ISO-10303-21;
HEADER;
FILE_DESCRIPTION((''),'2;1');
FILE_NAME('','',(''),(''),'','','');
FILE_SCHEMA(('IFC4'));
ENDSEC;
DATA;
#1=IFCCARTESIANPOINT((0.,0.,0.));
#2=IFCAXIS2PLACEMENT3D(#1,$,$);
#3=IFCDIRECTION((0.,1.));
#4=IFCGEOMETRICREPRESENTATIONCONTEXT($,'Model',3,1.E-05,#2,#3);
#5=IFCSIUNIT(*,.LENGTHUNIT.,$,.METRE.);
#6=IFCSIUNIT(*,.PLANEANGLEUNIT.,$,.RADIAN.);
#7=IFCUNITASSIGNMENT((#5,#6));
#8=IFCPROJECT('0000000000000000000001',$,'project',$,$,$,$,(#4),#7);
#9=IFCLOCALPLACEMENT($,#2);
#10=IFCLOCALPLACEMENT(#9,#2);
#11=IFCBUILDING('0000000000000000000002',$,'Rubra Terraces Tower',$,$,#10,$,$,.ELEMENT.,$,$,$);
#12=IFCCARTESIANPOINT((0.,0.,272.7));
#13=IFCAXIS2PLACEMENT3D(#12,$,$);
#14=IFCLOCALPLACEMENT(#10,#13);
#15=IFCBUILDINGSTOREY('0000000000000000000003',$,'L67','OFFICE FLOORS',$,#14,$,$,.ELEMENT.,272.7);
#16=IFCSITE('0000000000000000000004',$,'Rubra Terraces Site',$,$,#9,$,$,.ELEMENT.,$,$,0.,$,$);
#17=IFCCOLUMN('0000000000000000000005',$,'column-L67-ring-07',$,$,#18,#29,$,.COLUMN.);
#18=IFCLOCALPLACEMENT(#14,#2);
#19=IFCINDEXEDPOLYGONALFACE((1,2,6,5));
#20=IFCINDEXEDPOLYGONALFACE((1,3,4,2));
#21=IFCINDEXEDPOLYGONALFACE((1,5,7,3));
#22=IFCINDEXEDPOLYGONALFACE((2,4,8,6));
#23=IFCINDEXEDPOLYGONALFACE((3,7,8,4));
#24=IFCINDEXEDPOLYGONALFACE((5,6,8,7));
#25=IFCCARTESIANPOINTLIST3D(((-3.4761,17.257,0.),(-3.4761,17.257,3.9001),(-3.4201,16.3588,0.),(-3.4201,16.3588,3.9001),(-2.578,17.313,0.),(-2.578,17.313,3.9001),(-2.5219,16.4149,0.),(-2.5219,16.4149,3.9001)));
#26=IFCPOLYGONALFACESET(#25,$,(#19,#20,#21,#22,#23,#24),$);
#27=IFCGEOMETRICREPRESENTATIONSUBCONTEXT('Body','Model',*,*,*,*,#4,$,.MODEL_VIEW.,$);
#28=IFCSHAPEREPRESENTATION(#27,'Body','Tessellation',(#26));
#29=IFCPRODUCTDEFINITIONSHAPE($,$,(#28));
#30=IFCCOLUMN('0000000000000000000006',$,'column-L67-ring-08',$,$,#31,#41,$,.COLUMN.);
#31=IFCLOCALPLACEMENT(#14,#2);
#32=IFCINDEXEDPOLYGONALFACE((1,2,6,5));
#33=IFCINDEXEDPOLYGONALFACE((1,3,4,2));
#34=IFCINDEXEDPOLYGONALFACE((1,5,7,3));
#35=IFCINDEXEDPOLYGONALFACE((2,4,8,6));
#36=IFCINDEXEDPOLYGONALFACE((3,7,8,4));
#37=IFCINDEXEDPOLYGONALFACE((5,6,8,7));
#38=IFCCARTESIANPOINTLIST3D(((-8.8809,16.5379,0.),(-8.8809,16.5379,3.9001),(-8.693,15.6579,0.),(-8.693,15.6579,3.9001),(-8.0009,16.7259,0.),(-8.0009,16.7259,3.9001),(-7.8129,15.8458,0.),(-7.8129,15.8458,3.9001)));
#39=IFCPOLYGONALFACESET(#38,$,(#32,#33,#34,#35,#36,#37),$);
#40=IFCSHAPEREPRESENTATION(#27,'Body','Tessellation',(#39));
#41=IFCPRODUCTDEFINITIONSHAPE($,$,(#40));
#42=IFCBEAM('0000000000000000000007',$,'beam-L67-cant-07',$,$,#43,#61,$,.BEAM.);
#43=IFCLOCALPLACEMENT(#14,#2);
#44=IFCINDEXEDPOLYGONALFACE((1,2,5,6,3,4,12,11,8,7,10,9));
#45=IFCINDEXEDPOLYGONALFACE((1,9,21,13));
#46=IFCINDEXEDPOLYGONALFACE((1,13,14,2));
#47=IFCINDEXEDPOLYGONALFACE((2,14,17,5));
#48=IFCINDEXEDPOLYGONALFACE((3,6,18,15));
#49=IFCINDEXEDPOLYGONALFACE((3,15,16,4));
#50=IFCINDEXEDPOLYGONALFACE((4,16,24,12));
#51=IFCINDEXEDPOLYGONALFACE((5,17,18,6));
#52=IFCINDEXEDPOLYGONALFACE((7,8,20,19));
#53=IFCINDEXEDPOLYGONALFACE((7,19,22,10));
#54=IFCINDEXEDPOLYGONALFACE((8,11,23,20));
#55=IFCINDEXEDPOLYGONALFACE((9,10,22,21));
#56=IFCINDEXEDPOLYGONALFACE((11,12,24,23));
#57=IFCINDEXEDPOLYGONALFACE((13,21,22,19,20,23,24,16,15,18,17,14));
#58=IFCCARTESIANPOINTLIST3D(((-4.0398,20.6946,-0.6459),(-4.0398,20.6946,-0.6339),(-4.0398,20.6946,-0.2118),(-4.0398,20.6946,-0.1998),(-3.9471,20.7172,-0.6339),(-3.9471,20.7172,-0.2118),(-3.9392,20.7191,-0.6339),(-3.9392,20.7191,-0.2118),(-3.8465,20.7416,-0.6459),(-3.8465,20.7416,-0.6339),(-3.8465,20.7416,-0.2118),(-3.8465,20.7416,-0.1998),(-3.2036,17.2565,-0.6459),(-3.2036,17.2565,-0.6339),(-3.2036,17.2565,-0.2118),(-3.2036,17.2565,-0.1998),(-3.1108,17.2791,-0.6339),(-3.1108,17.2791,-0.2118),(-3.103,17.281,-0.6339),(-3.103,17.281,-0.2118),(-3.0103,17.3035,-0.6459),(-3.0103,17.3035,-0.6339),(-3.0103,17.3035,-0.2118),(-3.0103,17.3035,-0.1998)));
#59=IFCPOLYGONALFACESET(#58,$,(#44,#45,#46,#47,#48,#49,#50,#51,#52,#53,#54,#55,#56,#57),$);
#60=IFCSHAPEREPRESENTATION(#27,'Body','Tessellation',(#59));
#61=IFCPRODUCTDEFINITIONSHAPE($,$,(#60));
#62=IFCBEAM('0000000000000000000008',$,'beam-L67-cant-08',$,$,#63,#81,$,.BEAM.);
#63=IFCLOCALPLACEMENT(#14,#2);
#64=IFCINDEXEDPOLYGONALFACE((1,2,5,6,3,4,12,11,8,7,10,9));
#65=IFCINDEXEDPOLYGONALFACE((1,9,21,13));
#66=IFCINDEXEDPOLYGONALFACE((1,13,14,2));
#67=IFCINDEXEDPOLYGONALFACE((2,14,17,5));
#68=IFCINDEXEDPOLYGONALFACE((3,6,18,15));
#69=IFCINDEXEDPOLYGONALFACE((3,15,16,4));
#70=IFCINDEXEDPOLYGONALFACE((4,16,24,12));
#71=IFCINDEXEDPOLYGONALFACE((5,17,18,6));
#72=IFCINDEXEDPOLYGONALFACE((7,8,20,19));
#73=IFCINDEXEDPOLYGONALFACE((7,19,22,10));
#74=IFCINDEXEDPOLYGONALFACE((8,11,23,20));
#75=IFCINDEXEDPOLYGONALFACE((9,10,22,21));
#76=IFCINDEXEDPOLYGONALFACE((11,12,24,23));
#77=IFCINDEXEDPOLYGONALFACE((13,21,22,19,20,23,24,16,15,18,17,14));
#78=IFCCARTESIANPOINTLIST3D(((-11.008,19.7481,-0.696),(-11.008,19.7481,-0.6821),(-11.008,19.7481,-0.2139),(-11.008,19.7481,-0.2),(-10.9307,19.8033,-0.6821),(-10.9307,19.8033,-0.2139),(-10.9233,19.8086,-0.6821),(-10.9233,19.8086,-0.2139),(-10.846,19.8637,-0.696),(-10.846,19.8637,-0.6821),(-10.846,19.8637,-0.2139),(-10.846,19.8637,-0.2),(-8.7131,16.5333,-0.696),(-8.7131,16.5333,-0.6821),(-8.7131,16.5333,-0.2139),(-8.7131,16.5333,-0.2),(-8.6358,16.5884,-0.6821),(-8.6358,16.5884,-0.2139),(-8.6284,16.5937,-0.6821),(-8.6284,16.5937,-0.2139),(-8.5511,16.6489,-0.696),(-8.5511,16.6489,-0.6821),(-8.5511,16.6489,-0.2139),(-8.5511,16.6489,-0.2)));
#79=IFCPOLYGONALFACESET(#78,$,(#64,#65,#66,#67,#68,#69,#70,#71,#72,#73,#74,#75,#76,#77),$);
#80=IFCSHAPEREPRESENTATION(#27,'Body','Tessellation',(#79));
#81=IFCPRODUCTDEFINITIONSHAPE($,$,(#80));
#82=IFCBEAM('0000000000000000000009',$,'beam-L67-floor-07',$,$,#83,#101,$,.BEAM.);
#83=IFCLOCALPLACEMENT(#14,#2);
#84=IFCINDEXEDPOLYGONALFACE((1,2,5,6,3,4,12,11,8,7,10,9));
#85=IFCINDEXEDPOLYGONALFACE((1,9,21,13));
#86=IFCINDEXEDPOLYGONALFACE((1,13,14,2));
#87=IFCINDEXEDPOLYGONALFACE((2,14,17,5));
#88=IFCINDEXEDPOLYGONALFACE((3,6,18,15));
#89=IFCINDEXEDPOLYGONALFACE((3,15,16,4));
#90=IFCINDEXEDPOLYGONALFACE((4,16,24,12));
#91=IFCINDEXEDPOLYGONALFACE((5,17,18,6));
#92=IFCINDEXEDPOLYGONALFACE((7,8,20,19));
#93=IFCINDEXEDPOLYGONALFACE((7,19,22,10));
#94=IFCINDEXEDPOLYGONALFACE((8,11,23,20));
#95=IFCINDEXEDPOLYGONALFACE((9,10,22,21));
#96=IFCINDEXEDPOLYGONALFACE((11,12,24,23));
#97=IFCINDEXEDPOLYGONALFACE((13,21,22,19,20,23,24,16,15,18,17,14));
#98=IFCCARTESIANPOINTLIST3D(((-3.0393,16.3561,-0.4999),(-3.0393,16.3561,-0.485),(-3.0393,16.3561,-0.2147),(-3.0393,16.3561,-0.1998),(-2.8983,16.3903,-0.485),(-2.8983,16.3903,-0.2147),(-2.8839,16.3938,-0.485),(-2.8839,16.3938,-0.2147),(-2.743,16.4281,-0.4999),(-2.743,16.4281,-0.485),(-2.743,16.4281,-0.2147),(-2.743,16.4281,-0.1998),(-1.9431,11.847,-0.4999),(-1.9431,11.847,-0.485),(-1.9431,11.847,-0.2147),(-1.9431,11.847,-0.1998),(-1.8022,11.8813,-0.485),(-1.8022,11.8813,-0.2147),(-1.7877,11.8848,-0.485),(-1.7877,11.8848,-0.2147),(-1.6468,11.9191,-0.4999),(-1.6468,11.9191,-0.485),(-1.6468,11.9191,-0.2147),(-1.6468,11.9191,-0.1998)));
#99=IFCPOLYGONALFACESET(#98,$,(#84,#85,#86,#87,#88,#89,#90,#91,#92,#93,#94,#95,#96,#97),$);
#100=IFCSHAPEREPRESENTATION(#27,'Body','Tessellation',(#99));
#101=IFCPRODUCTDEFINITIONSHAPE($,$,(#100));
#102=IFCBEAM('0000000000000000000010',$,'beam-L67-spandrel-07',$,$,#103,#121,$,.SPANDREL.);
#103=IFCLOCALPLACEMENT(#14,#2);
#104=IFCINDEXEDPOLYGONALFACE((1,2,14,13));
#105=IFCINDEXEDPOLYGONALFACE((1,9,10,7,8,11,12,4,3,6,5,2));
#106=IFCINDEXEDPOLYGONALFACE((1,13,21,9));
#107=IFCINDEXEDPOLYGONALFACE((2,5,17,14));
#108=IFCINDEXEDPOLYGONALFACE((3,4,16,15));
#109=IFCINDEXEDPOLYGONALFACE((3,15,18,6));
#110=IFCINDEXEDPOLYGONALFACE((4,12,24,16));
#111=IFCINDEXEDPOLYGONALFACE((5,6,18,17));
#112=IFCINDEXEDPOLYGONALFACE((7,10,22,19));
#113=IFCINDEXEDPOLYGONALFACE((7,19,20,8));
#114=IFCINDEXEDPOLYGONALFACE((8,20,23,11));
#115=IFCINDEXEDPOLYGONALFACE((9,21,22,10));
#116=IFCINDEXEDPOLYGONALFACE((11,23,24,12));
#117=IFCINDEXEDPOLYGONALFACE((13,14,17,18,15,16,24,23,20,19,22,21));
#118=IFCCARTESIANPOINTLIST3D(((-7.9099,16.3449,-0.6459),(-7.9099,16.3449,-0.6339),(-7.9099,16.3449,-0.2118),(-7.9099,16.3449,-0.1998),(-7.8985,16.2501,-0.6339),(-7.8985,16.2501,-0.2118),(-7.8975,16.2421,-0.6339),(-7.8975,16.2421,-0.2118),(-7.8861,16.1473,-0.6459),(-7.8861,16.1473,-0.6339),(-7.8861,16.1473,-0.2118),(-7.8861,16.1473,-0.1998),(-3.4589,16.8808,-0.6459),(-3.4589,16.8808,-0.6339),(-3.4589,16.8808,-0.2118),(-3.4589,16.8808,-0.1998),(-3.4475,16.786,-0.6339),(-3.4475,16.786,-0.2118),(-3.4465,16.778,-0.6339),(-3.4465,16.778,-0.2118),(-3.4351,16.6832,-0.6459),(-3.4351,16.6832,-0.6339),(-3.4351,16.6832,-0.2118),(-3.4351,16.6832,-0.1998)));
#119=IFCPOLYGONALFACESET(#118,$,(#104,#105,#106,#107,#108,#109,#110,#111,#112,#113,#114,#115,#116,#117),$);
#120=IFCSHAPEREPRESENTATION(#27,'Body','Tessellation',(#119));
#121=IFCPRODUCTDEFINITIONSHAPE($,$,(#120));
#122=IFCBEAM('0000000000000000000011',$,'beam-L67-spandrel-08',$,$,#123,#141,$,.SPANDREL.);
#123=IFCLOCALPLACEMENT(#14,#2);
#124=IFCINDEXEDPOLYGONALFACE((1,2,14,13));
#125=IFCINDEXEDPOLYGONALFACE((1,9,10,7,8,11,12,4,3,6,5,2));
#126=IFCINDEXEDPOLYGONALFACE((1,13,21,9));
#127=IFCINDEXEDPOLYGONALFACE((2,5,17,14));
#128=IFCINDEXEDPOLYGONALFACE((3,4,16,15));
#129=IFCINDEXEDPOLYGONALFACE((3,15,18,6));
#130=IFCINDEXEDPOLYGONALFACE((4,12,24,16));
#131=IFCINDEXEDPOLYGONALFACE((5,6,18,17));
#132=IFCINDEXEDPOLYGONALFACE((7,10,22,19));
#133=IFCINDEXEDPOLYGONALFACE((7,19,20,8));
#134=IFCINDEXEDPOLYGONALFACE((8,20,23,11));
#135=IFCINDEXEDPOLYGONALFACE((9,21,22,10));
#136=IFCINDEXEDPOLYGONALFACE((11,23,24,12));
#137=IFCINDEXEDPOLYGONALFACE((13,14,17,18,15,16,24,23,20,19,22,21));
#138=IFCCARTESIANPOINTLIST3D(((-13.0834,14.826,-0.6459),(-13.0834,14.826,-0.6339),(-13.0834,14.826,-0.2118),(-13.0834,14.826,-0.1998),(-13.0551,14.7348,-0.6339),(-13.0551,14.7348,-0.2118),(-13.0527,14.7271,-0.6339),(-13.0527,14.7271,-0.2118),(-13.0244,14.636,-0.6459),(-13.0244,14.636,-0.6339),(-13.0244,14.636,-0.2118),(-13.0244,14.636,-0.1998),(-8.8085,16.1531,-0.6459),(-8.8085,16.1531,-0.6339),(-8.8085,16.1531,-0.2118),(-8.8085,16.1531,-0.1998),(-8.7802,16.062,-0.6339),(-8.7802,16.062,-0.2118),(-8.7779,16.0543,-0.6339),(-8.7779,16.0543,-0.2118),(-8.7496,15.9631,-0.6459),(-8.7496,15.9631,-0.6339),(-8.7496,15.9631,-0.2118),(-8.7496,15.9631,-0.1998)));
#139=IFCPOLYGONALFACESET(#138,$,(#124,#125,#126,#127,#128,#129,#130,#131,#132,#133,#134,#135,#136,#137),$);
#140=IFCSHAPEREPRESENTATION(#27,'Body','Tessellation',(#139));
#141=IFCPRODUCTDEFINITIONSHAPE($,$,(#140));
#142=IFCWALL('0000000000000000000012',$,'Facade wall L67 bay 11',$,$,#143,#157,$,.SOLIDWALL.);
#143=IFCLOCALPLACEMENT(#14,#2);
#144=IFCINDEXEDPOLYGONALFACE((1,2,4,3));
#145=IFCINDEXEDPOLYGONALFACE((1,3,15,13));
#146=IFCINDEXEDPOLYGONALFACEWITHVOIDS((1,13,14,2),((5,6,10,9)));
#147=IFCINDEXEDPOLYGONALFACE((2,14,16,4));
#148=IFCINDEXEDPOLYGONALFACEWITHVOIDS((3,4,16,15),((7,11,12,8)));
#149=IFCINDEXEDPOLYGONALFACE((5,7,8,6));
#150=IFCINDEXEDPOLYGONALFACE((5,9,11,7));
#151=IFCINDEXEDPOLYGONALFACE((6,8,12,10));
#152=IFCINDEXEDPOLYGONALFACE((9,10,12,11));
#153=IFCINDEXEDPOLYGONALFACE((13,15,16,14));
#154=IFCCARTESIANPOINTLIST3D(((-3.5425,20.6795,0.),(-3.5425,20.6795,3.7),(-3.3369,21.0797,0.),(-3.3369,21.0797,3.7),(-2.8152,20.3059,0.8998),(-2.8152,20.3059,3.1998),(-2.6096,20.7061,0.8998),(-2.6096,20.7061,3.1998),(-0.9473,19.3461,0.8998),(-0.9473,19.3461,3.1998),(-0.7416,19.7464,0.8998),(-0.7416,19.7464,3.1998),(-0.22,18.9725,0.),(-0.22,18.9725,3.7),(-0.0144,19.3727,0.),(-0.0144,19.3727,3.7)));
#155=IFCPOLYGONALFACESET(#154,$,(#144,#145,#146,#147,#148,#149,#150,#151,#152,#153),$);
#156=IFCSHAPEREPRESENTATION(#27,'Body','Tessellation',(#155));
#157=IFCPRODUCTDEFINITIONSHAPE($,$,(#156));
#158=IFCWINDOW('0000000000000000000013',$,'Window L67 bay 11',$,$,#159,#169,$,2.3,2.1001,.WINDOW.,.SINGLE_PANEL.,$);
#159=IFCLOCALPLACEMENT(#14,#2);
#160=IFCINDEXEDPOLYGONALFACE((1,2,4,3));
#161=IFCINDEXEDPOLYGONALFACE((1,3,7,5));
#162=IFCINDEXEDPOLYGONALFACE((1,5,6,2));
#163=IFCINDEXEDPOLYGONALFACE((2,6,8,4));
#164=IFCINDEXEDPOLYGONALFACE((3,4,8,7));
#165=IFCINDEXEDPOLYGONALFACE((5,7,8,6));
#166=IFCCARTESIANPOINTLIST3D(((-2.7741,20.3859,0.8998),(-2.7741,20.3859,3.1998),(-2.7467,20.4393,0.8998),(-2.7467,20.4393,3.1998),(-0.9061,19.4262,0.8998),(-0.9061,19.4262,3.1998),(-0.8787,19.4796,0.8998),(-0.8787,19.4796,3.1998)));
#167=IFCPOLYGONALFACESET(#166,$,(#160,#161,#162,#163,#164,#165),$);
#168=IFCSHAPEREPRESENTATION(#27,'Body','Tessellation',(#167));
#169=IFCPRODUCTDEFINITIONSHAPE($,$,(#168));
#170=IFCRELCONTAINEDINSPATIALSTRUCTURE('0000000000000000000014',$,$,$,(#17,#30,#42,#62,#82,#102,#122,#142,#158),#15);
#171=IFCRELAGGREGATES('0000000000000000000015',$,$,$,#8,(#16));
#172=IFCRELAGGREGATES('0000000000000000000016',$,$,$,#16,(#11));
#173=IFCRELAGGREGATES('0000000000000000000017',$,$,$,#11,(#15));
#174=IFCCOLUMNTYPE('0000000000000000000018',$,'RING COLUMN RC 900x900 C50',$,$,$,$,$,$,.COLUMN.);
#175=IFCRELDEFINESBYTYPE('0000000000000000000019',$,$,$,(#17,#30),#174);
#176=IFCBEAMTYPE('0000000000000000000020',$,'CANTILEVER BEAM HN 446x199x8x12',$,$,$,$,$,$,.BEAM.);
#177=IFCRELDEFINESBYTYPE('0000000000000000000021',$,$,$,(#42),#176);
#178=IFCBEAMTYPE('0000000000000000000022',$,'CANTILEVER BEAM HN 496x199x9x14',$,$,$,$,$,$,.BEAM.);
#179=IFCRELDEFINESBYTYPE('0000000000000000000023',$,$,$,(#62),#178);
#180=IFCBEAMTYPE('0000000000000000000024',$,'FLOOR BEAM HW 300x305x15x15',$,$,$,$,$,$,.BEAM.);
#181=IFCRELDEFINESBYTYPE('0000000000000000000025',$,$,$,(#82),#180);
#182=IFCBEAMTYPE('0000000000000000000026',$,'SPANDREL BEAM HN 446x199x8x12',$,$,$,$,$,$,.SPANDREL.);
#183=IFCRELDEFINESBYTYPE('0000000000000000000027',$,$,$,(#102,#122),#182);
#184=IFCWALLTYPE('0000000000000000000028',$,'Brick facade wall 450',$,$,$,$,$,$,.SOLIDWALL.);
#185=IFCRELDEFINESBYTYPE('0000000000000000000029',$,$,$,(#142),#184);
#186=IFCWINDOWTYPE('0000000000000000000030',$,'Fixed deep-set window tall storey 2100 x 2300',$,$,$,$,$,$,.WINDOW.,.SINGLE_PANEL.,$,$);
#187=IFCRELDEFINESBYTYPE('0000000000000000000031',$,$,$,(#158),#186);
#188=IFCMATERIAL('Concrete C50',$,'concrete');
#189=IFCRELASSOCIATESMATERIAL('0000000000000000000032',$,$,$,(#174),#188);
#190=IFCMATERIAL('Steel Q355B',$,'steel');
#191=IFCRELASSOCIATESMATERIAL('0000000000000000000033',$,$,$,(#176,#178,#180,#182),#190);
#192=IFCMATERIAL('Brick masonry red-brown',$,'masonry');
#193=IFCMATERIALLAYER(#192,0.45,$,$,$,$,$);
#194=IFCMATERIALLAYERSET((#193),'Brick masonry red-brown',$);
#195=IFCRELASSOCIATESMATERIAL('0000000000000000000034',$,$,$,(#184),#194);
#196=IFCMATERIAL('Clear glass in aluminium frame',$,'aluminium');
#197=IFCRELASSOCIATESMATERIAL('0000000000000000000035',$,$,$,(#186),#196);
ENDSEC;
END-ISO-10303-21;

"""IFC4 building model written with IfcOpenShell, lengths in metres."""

from ifc_helpers import new_model, si_unit, direction, frame, frame_2d, origin, origin_2d, place, context, subcontext, project, spatial, rectangle, i_section, extrude, material, layer, layer_set, material_profile, profile_set, type_object, element, fill, save


model = new_model("IFC4")

# Units and contexts
model_context = context("Model", 3, precision=1e-05, world=origin(), true_north=direction((0.0, 1.0)))
body_context = subcontext(model_context, "Body", "Model", "MODEL_VIEW")
ifc_project = project(units=[si_unit("LENGTHUNIT", "METRE"), si_unit("PLANEANGLEUNIT", "RADIAN")], contexts=[model_context])

# Site, building, storey
site_placement = place(None, origin())
site = spatial("IfcSite", under=ifc_project, at=site_placement, Name="Rubra Terraces Site", CompositionType="ELEMENT", RefElevation=0.0)
building_placement = place(site_placement, origin())
building = spatial("IfcBuilding", under=site, at=building_placement, Name="Rubra Terraces Tower", CompositionType="ELEMENT")
storey_placement = place(building_placement, frame((0.0, 0.0, 272.7)))
storey = spatial("IfcBuildingStorey", under=building, at=storey_placement, Name="L67", Description="OFFICE FLOORS", CompositionType="ELEMENT", Elevation=272.7)

# Columns
ifc_material_1 = material(Name="Concrete C50", Category="concrete")
ifc_material_profile_1 = material_profile(ifc_material_1, rectangle(XDim=0.8999, YDim=0.8999, at=origin_2d()), Name="RC 900x900")
ifc_profile_set_1 = profile_set([ifc_material_profile_1], Name="Concrete C50")
column_type = type_object("IfcColumnType", Name="RING COLUMN RC 900x900 C50", PredefinedType="COLUMN", material=ifc_profile_set_1)
for number, where, z_axis, x_axis, name in (
    (1, (-2.999, 16.8359, 0.0), (0.0, 0.0, 1.0), (-0.998059, -0.062268, 0.0), "column-L67-ring-07"),
    (2, (-8.3469, 16.1919, 0.0), (0.0, 0.0, 1.0), (-0.977944, -0.208867, 0.0), "column-L67-ring-08"),
):
    element("IfcColumn", number, at=place(storey_placement, frame(where, z_axis=z_axis, x_axis=x_axis)), inside=storey, type_object=column_type, Name=name, PredefinedType="COLUMN", context=body_context, shape_type="SweptSolid", body=[
        extrude(rectangle(XDim=0.8999, YDim=0.8999, at=origin_2d()), origin(), (0.0, 0.0, 1.0), 3.9001),
    ])

# Beams
ifc_material_2 = material(Name="Steel Q355B", Category="steel")
ifc_material_profile_2 = material_profile(ifc_material_2, i_section(OverallWidth=0.199, OverallDepth=0.446, WebThickness=0.0081, FlangeThickness=0.012, at=origin_2d()), Name="HN 446x199x8x12")
ifc_profile_set_2 = profile_set([ifc_material_profile_2], Name="Steel Q355B")
beam_type_1 = type_object("IfcBeamType", Name="CANTILEVER BEAM HN 446x199x8x12", PredefinedType="BEAM", material=ifc_profile_set_2)
beam_1_placement = place(storey_placement, frame((-3.1069, 17.28, -0.4229), z_axis=(-0.236329, 0.971673, 0.0), x_axis=(-0.971673, -0.236329, 0.0)))
element("IfcBeam", 3, at=beam_1_placement, inside=storey, type_object=beam_type_1, Name="beam-L67-cant-07", PredefinedType="BEAM", context=body_context, shape_type="SweptSolid", body=[
    extrude(i_section(OverallWidth=0.199, OverallDepth=0.446, WebThickness=0.0081, FlangeThickness=0.012, at=origin_2d()), origin(), (0.0, 0.0, 1.0), 3.5383),
])
ifc_material_profile_3 = material_profile(ifc_material_2, i_section(OverallWidth=0.199, OverallDepth=0.4961, WebThickness=0.009, FlangeThickness=0.0139, at=origin_2d()), Name="HN 496x199x9x14")
ifc_profile_set_3 = profile_set([ifc_material_profile_3], Name="Steel Q355B")
beam_type_2 = type_object("IfcBeamType", Name="CANTILEVER BEAM HN 496x199x9x14", PredefinedType="BEAM", material=ifc_profile_set_3)
beam_2_placement = place(storey_placement, frame((-8.6321, 16.5911, -0.448), z_axis=(-0.581004, 0.8139, 0.0), x_axis=(-0.8139, -0.581004, 0.0)))
element("IfcBeam", 4, at=beam_2_placement, inside=storey, type_object=beam_type_2, Name="beam-L67-cant-08", PredefinedType="BEAM", context=body_context, shape_type="SweptSolid", body=[
    extrude(i_section(OverallWidth=0.199, OverallDepth=0.4961, WebThickness=0.009, FlangeThickness=0.0139, at=origin_2d()), origin(), (0.0, 0.0, 1.0), 3.95),
])
ifc_material_profile_4 = material_profile(ifc_material_2, i_section(OverallWidth=0.3049, OverallDepth=0.3, WebThickness=0.0149, FlangeThickness=0.0149, at=origin_2d()), Name="HW 300x305x15x15")
ifc_profile_set_4 = profile_set([ifc_material_profile_4], Name="Steel Q355B")
beam_type_3 = type_object("IfcBeamType", Name="FLOOR BEAM HW 300x305x15x15", PredefinedType="BEAM", material=ifc_profile_set_4)
beam_3_placement = place(storey_placement, frame((-2.8911, 16.3921, -0.3499), z_axis=(0.236229, -0.971697, 0.0), x_axis=(0.971697, 0.236229, 0.0)))
element("IfcBeam", 5, at=beam_3_placement, inside=storey, type_object=beam_type_3, Name="beam-L67-floor-07", PredefinedType="BEAM", context=body_context, shape_type="SweptSolid", body=[
    extrude(i_section(OverallWidth=0.3049, OverallDepth=0.3, WebThickness=0.0149, FlangeThickness=0.0149, at=origin_2d()), origin(), (0.0, 0.0, 1.0), 4.6404),
])
ifc_material_profile_5 = material_profile(ifc_material_2, i_section(OverallWidth=0.199, OverallDepth=0.446, WebThickness=0.0081, FlangeThickness=0.012, at=origin_2d()), Name="HN 446x199x8x12")
ifc_profile_set_5 = profile_set([ifc_material_profile_5], Name="Steel Q355B")
beam_type_4 = type_object("IfcBeamType", Name="SPANDREL BEAM HN 446x199x8x12", PredefinedType="SPANDREL", material=ifc_profile_set_5)
beam_4_placement = place(storey_placement, frame((-3.447, 16.782, -0.4229), z_axis=(-0.99283, -0.119536, 0.0), x_axis=(0.119536, -0.99283, 0.0)))
element("IfcBeam", 6, at=beam_4_placement, inside=storey, type_object=beam_type_4, Name="beam-L67-spandrel-07", PredefinedType="SPANDREL", context=body_context, shape_type="SweptSolid", body=[
    extrude(i_section(OverallWidth=0.199, OverallDepth=0.446, WebThickness=0.0081, FlangeThickness=0.012, at=origin_2d()), origin(), (0.0, 0.0, 1.0), 4.4832),
])
beam_5_placement = place(storey_placement, frame((-8.7791, 16.0581, -0.4229), z_axis=(-0.955035, -0.296492, 0.0), x_axis=(0.296492, -0.955035, 0.0)))
element("IfcBeam", 7, at=beam_5_placement, inside=storey, type_object=beam_type_4, Name="beam-L67-spandrel-08", PredefinedType="SPANDREL", context=body_context, shape_type="SweptSolid", body=[
    extrude(i_section(OverallWidth=0.199, OverallDepth=0.446, WebThickness=0.0081, FlangeThickness=0.012, at=origin_2d()), origin(), (0.0, 0.0, 1.0), 4.4761),
])

# Wall, opening, window
ifc_material_3 = material(Name="Brick masonry red-brown", Category="masonry")
ifc_layer_1 = layer(ifc_material_3, 0.45)
ifc_layer_set_1 = layer_set([ifc_layer_1], Name="Brick masonry red-brown")
wall_type_1 = type_object("IfcWallType", Name="Brick facade wall 450", PredefinedType="SOLIDWALL", material=ifc_layer_set_1)
wall_1_placement = place(storey_placement, frame((-0.1172, 19.1726, 0.0), z_axis=(0.0, 0.0, 1.0), x_axis=(-0.889472, 0.456991, 0.0)))
wall_1 = element("IfcWall", 8, at=wall_1_placement, inside=storey, type_object=wall_type_1, Name="Facade wall L67 bay 11", PredefinedType="SOLIDWALL", context=body_context, shape_type="SweptSolid", body=[
    extrude(rectangle(XDim=3.7354, YDim=0.45, at=frame_2d((1.8677, 0.0))), origin(), (0.0, 0.0, 1.0), 3.7),
])
opening_1_placement = place(wall_1_placement, frame((0.8176, 0.0, 0.8999)))
opening_1 = element("IfcOpeningElement", 9, at=opening_1_placement, cuts=wall_1, PredefinedType="OPENING", context=body_context, shape_type="SweptSolid", body=[
    extrude(rectangle(XDim=2.1001, YDim=2.3, at=frame_2d((1.05, 1.1499))), frame((0.0, 0.2349, 0.0), z_axis=(0.0, -1.0, 0.0), x_axis=(1.0, 0.0, 0.0)), (0.0, 0.0, 1.0), 0.47),
])
ifc_material_4 = material(Name="Clear glass in aluminium frame", Category="aluminium")
window_type_1 = type_object("IfcWindowType", Name="Fixed deep-set window tall storey 2100 x 2300", PartitioningType="SINGLE_PANEL", PredefinedType="WINDOW", material=ifc_material_4)
window_1_placement = place(opening_1_placement, origin())
window_1 = element("IfcWindow", 10, at=window_1_placement, inside=storey, type_object=window_type_1, Name="Window L67 bay 11", OverallHeight=2.3, OverallWidth=2.1001, PartitioningType="SINGLE_PANEL", PredefinedType="WINDOW", context=body_context, shape_type="SweptSolid", body=[
    extrude(rectangle(XDim=2.1001, YDim=2.3, at=frame_2d((1.05, 1.1499))), frame((0.0, 0.135, 0.0), z_axis=(0.0, -1.0, 0.0), x_axis=(1.0, 0.0, 0.0)), (0.0, 0.0, 1.0), 0.0601),
])
fill(opening_1, window_1)

save(model, "model.ifc")
